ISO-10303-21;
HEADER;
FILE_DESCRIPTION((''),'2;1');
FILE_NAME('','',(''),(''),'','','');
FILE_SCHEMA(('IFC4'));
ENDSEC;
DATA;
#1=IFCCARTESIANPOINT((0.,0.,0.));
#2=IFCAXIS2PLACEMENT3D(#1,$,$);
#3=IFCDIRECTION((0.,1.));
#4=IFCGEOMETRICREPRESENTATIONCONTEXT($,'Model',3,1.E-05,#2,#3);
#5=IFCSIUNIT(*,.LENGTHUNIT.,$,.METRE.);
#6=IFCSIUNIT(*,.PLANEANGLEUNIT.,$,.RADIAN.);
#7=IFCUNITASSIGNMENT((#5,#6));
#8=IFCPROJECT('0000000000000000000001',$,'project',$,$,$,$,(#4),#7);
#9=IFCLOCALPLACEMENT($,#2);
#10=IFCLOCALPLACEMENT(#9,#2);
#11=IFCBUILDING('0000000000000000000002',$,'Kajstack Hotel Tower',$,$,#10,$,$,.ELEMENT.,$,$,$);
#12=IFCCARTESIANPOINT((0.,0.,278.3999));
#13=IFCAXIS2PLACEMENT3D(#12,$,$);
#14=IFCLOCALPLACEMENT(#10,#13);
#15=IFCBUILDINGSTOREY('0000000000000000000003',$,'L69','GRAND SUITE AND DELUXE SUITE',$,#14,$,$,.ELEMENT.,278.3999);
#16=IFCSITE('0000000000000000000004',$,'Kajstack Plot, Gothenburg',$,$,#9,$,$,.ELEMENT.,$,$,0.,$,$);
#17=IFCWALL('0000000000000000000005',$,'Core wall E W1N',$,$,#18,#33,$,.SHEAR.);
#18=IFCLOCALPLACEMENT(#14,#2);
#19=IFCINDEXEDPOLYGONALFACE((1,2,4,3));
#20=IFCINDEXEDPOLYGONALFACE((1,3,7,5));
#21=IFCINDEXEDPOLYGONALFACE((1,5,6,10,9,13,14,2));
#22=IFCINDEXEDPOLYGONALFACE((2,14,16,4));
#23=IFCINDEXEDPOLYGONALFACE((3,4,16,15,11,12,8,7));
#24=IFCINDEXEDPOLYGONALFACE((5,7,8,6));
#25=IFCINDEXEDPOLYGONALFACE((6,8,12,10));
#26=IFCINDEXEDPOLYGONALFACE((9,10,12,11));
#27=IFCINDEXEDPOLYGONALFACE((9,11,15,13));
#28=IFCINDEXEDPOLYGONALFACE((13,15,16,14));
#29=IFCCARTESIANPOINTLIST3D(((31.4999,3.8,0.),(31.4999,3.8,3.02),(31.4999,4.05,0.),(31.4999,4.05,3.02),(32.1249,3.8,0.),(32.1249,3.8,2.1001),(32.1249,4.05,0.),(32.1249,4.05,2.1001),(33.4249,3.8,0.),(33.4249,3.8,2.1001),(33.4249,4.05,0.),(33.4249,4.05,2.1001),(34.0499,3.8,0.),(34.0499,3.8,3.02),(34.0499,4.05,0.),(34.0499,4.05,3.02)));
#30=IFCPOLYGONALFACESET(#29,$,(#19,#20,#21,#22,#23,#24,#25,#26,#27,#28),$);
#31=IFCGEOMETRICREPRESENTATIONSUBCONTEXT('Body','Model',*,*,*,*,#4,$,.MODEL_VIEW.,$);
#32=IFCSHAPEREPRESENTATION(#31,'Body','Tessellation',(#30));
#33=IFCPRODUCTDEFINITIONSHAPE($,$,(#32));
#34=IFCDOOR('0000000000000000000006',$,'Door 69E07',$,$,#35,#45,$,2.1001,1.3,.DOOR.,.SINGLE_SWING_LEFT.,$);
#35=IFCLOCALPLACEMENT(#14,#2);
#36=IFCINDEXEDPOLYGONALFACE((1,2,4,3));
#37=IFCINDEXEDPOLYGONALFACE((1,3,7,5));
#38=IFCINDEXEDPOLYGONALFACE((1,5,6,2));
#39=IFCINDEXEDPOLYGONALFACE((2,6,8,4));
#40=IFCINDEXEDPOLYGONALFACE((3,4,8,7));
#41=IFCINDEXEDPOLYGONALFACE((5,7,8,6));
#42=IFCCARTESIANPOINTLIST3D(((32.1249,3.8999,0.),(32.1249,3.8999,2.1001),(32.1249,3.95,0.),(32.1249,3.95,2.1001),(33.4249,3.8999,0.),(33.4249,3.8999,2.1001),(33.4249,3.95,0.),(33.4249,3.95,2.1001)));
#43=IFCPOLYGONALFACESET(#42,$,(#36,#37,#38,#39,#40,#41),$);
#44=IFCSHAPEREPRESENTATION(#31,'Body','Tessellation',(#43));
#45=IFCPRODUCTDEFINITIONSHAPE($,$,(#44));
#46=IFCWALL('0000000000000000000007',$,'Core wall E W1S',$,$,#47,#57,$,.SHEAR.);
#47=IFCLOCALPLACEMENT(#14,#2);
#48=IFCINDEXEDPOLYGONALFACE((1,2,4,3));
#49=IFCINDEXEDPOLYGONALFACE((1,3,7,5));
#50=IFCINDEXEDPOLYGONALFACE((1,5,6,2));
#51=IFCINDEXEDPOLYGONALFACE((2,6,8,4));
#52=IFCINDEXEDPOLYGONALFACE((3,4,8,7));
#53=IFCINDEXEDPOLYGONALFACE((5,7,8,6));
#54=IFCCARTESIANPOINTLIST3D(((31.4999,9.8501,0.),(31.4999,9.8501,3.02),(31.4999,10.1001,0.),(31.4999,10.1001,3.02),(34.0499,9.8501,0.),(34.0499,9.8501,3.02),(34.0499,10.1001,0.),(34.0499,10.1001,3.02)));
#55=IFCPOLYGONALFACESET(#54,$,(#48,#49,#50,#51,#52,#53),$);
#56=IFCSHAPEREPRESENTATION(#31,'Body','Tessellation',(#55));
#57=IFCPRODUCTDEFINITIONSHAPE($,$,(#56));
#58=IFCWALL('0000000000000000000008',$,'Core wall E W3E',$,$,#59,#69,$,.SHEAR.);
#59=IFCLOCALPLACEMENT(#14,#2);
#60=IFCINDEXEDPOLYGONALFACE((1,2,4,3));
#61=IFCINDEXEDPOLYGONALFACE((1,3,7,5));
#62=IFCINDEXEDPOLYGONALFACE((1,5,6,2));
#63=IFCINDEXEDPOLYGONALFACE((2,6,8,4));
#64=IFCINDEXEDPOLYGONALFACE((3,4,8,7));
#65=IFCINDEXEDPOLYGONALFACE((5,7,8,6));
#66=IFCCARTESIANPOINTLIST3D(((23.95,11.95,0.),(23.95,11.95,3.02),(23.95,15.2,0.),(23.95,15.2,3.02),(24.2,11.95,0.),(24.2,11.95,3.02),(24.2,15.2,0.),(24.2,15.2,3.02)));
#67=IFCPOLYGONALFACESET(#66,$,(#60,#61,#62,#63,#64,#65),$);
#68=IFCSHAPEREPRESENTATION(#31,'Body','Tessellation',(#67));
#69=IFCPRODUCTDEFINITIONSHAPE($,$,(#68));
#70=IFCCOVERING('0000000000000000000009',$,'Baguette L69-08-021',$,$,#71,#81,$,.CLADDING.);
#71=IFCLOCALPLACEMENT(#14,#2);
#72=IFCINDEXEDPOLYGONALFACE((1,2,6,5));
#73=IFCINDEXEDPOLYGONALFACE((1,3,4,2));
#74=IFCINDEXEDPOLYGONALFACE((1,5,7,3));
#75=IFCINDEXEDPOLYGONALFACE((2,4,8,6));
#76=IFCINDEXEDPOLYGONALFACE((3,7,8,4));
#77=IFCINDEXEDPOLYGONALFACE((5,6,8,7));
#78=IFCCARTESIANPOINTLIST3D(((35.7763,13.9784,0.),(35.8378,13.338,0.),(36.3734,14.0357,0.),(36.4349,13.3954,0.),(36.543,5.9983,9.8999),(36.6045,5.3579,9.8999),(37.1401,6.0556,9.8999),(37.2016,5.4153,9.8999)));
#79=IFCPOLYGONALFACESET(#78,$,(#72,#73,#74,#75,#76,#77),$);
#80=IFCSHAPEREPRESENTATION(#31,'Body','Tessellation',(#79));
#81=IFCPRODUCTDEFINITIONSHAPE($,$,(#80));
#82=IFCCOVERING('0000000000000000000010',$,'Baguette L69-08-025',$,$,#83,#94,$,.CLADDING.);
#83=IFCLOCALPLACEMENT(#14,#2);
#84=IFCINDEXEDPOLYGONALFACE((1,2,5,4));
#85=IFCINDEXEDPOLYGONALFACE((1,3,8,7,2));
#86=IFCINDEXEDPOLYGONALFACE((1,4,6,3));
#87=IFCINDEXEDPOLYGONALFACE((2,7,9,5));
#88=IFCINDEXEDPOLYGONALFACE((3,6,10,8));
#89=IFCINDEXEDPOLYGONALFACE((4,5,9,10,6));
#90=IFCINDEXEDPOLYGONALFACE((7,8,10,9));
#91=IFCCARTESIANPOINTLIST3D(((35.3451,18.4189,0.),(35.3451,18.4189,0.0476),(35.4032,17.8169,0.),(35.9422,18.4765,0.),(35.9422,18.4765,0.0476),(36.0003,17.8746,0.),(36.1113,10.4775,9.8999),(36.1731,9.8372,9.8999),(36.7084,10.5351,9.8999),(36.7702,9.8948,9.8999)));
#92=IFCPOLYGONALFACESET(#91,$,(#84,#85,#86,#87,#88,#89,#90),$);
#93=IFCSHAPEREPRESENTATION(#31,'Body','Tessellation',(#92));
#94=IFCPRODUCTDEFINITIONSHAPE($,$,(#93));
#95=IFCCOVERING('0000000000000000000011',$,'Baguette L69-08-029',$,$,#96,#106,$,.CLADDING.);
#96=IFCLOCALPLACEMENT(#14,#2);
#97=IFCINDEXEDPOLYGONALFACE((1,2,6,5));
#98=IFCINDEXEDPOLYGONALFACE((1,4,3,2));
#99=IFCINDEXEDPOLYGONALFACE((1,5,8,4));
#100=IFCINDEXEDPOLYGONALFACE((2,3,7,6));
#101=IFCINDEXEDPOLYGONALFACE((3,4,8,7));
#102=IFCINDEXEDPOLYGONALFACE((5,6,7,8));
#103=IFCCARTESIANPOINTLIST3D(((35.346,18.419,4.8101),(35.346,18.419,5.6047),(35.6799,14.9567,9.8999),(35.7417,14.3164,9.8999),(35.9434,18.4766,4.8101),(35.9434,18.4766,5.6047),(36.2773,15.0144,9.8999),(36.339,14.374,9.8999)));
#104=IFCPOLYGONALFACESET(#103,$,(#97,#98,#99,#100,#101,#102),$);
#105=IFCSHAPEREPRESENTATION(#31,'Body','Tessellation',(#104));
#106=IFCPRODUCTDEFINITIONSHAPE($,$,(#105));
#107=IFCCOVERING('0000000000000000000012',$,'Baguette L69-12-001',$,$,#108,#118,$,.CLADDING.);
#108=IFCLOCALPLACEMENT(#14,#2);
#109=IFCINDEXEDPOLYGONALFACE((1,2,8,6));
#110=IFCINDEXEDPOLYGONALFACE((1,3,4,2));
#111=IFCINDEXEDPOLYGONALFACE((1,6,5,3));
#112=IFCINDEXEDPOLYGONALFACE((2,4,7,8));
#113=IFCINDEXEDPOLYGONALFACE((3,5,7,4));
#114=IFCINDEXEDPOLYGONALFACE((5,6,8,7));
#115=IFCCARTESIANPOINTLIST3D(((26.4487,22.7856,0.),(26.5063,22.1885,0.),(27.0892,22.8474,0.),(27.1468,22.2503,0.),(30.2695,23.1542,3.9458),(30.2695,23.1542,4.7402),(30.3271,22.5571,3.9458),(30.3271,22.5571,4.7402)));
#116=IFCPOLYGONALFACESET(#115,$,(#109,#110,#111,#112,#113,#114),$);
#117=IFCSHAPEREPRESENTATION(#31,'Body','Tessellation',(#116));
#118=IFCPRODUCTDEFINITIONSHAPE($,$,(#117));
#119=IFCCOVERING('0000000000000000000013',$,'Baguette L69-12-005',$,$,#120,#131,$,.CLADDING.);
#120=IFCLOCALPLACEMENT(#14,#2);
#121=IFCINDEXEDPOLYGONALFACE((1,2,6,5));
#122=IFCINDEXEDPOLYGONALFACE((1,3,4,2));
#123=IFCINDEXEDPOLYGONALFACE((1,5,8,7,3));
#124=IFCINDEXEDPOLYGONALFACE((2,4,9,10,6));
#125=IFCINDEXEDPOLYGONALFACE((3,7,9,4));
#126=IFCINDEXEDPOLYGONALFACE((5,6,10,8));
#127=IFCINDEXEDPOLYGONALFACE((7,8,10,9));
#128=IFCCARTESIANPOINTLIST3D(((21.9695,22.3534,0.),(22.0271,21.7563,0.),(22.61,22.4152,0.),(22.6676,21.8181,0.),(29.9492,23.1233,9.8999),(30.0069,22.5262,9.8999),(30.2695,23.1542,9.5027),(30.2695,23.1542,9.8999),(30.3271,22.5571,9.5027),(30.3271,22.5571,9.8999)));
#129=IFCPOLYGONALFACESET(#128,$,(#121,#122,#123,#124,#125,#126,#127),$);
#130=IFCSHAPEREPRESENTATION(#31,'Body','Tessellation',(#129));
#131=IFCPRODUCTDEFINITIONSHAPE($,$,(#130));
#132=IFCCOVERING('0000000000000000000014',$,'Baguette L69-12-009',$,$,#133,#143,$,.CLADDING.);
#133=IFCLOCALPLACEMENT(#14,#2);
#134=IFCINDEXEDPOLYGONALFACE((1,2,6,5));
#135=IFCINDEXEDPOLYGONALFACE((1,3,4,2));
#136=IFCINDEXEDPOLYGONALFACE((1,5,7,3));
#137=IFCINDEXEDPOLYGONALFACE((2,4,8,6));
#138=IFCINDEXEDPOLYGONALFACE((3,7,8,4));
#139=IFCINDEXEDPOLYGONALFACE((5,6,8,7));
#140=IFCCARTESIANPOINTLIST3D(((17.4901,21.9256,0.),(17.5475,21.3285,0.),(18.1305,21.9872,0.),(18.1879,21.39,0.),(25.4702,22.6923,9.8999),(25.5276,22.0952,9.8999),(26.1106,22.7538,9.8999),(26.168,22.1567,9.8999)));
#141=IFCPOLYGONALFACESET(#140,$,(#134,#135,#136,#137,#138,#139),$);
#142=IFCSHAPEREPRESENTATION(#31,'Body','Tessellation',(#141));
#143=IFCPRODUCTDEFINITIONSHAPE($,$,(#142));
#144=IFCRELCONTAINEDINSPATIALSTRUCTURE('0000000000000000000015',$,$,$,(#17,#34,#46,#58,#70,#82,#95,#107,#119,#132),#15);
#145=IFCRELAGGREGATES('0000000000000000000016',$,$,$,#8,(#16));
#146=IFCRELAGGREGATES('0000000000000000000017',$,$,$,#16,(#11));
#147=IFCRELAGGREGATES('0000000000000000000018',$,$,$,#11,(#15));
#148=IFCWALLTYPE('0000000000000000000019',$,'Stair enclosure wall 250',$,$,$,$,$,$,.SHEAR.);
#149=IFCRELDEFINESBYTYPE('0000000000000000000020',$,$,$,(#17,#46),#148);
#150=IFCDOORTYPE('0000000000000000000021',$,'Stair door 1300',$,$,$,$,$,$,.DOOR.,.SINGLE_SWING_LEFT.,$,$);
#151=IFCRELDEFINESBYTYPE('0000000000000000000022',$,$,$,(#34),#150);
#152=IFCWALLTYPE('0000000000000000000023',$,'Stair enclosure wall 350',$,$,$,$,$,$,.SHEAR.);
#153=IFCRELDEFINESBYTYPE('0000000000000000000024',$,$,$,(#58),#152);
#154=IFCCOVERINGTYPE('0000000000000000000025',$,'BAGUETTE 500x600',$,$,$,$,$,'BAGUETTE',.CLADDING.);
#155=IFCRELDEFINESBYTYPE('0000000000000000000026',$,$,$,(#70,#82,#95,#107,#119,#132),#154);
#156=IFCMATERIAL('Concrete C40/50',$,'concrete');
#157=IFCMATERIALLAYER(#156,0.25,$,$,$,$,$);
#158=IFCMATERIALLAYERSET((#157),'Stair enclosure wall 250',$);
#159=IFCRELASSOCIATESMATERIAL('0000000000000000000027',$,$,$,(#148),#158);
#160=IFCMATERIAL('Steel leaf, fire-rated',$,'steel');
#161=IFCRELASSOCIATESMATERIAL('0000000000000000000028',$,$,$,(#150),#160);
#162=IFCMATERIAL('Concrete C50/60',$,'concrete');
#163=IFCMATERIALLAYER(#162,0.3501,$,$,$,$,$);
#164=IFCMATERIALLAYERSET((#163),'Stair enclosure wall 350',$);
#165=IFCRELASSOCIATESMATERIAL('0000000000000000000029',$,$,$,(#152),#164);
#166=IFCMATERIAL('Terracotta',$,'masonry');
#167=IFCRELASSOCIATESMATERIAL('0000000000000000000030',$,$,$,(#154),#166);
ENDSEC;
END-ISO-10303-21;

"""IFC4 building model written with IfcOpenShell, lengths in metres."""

from ifc_helpers import new_model, si_unit, direction, frame, frame_2d, origin, origin_2d, place, context, subcontext, project, spatial, polyline, rectangle, outline, extrude, material, layer, layer_set, material_profile, profile_set, type_object, element, fill, save


model = new_model("IFC4")

# Units and contexts
model_context = context("Model", 3, precision=1e-05, world=origin(), true_north=direction((0.0, 1.0)))
body_context = subcontext(model_context, "Body", "Model", "MODEL_VIEW")
ifc_project = project(units=[si_unit("LENGTHUNIT", "METRE"), si_unit("PLANEANGLEUNIT", "RADIAN")], contexts=[model_context])

# Site, building, storey
site_placement = place(None, origin())
site = spatial("IfcSite", under=ifc_project, at=site_placement, Name="Kajstack Plot, Gothenburg", CompositionType="ELEMENT", RefElevation=0.0)
building_placement = place(site_placement, origin())
building = spatial("IfcBuilding", under=site, at=building_placement, Name="Kajstack Hotel Tower", CompositionType="ELEMENT")
storey_placement = place(building_placement, frame((0.0, 0.0, 278.3999)))
storey = spatial("IfcBuildingStorey", under=building, at=storey_placement, Name="L69", Description="GRAND SUITE AND DELUXE SUITE", CompositionType="ELEMENT", Elevation=278.3999)

# Shared definitions
ifc_material_1 = material(Name="Concrete C40/50", Category="concrete")
ifc_material_2 = material(Name="Concrete C50/60", Category="concrete")

# Wall, opening, door
ifc_layer_1 = layer(ifc_material_1, 0.25)
ifc_layer_set_1 = layer_set([ifc_layer_1], Name="Stair enclosure wall 250")
wall_type_1 = type_object("IfcWallType", Name="Stair enclosure wall 250", PredefinedType="SHEAR", material=ifc_layer_set_1)
wall_1_placement = place(storey_placement, frame((31.5, 3.925, 0.0), z_axis=(0.0, 0.0, 1.0), x_axis=(1.0, 0.0, 0.0)))
wall_1 = element("IfcWall", 1, at=wall_1_placement, inside=storey, type_object=wall_type_1, Name="Core wall E W1N", PredefinedType="SHEAR", context=body_context, shape_type="SweptSolid", body=[
    extrude(rectangle(XDim=2.55, YDim=0.25, at=frame_2d((1.2749, 0.0))), origin(), (0.0, 0.0, 1.0), 3.02),
])
opening_1_placement = place(wall_1_placement, frame((0.625, 0.0, 0.0)))
opening_1 = element("IfcOpeningElement", 2, at=opening_1_placement, cuts=wall_1, PredefinedType="OPENING", context=body_context, shape_type="SweptSolid", body=[
    extrude(rectangle(XDim=1.3, YDim=2.1001, at=frame_2d((0.6499, 1.05))), frame((0.0, 0.135, 0.0), z_axis=(0.0, -1.0, 0.0), x_axis=(1.0, 0.0, 0.0)), (0.0, 0.0, 1.0), 0.27),
])
ifc_material_3 = material(Name="Steel leaf, fire-rated", Category="steel")
door_type_1 = type_object("IfcDoorType", Name="Stair door 1300", OperationType="SINGLE_SWING_LEFT", PredefinedType="DOOR", material=ifc_material_3)
door_1_placement = place(opening_1_placement, origin())
door_1 = element("IfcDoor", 3, at=door_1_placement, inside=storey, type_object=door_type_1, Name="Door 69E07", OperationType="SINGLE_SWING_LEFT", OverallHeight=2.1001, OverallWidth=1.3, PredefinedType="DOOR", context=body_context, shape_type="SweptSolid", body=[
    extrude(rectangle(XDim=1.3, YDim=2.1001, at=frame_2d((0.6499, 1.05))), frame((0.0, 0.0249, 0.0), z_axis=(0.0, -1.0, 0.0), x_axis=(1.0, 0.0, 0.0)), (0.0, 0.0, 1.0), 0.05),
])
fill(opening_1, door_1)

# Walls
wall_2_placement = place(storey_placement, frame((31.5, 9.9751, 0.0), z_axis=(0.0, 0.0, 1.0), x_axis=(1.0, 0.0, 0.0)))
element("IfcWall", 4, at=wall_2_placement, inside=storey, type_object=wall_type_1, Name="Core wall E W1S", PredefinedType="SHEAR", context=body_context, shape_type="SweptSolid", body=[
    extrude(rectangle(XDim=2.55, YDim=0.25, at=frame_2d((1.2749, 0.0))), origin(), (0.0, 0.0, 1.0), 3.02),
])
ifc_layer_2 = layer(ifc_material_2, 0.3501)
ifc_layer_set_2 = layer_set([ifc_layer_2], Name="Stair enclosure wall 350")
wall_type_2 = type_object("IfcWallType", Name="Stair enclosure wall 350", PredefinedType="SHEAR", material=ifc_layer_set_2)
wall_3_placement = place(storey_placement, frame((24.075, 11.95, 0.0), z_axis=(0.0, 0.0, 1.0), x_axis=(0.0, 1.0, 0.0)))
element("IfcWall", 5, at=wall_3_placement, inside=storey, type_object=wall_type_2, Name="Core wall E W3E", PredefinedType="SHEAR", context=body_context, shape_type="SweptSolid", body=[
    extrude(rectangle(XDim=3.25, YDim=0.25, at=frame_2d((1.625, 0.0))), origin(), (0.0, 0.0, 1.0), 3.02),
])

# Coverings
ifc_material_4 = material(Name="Terracotta", Category="masonry")
ifc_material_profile = material_profile(ifc_material_4, rectangle(XDim=0.6001, YDim=0.5, at=origin_2d()), Name="Terracotta-clad concrete baguette 500 x 600")
ifc_profile_set = profile_set([ifc_material_profile], Name="Terracotta")
covering_type = type_object("IfcCoveringType", Name="BAGUETTE 500x600", ElementType="BAGUETTE", PredefinedType="CLADDING", material=ifc_profile_set)
covering_1_placement = place(storey_placement, frame((36.6045, 5.3579, 0.0), z_axis=(0.995416, 0.095635, 0.0), x_axis=(-0.095635, 0.995416, 0.0)))
element("IfcCovering", 6, at=covering_1_placement, inside=storey, type_object=covering_type, Name="Baguette L69-08-021", PredefinedType="CLADDING", context=body_context, shape_type="SweptSolid", body=[
    extrude(outline(polyline([(0.0, 9.8999), (8.0168, 0.0), (8.6602, 0.0), (0.6433, 9.8999), (0.0, 9.8999)])), origin(), (0.0, 0.0, 1.0), 0.5999),
])
covering_2_placement = place(storey_placement, frame((36.1731, 9.8372, 0.0), z_axis=(0.995378, 0.096038, 0.0), x_axis=(-0.096038, 0.995378, 0.0)))
element("IfcCovering", 7, at=covering_2_placement, inside=storey, type_object=covering_type, Name="Baguette L69-08-025", PredefinedType="CLADDING", context=body_context, shape_type="SweptSolid", body=[
    extrude(outline(polyline([(8.0168, 0.0), (8.6216, 0.0), (8.6216, 0.0476), (0.6433, 9.8999), (0.0, 9.8999), (8.0168, 0.0)])), origin(), (0.0, 0.0, 1.0), 0.5999),
])
covering_3_placement = place(storey_placement, frame((35.7417, 14.3164, 0.0), z_axis=(0.995381, 0.095999, 0.0), x_axis=(-0.095999, 0.995381, 0.0)))
element("IfcCovering", 8, at=covering_3_placement, inside=storey, type_object=covering_type, Name="Baguette L69-08-029", PredefinedType="CLADDING", context=body_context, shape_type="SweptSolid", body=[
    extrude(outline(polyline([(0.0, 9.8999), (4.1216, 4.8101), (4.1216, 5.6047), (0.6433, 9.8999), (0.0, 9.8999)])), origin(), (0.0, 0.0, 1.0), 0.6001),
])
covering_4_placement = place(storey_placement, frame((30.3271, 22.5571, 0.0), z_axis=(-0.096038, 0.995378, 0.0), x_axis=(-0.995378, -0.096038, 0.0)))
element("IfcCovering", 9, at=covering_4_placement, inside=storey, type_object=covering_type, Name="Baguette L69-12-001", PredefinedType="CLADDING", context=body_context, shape_type="SweptSolid", body=[
    extrude(outline(polyline([(3.8386, 0.0), (0.0, 4.7402), (0.0, 3.9458), (3.1951, 0.0), (3.8386, 0.0)])), origin(), (0.0, 0.0, 1.0), 0.5999),
])
covering_5_placement = place(storey_placement, frame((30.3271, 22.5571, 0.0), z_axis=(-0.096038, 0.995378, 0.0), x_axis=(-0.995378, -0.096038, 0.0)))
element("IfcCovering", 10, at=covering_5_placement, inside=storey, type_object=covering_type, Name="Baguette L69-12-005", PredefinedType="CLADDING", context=body_context, shape_type="SweptSolid", body=[
    extrude(outline(polyline([(0.3218, 9.8999), (0.0, 9.8999), (0.0, 9.5027), (7.6951, 0.0), (8.3386, 0.0), (0.3218, 9.8999)])), origin(), (0.0, 0.0, 1.0), 0.5999),
])
covering_6_placement = place(storey_placement, frame((26.168, 22.1567, 0.0), z_axis=(-0.095635, 0.995416, 0.0), x_axis=(-0.995416, -0.095635, 0.0)))
element("IfcCovering", 11, at=covering_6_placement, inside=storey, type_object=covering_type, Name="Baguette L69-12-009", PredefinedType="CLADDING", context=body_context, shape_type="SweptSolid", body=[
    extrude(outline(polyline([(0.0, 9.8999), (8.0168, 0.0), (8.6602, 0.0), (0.6433, 9.8999), (0.0, 9.8999)])), origin(), (0.0, 0.0, 1.0), 0.5999),
])

save(model, "model.ifc")
